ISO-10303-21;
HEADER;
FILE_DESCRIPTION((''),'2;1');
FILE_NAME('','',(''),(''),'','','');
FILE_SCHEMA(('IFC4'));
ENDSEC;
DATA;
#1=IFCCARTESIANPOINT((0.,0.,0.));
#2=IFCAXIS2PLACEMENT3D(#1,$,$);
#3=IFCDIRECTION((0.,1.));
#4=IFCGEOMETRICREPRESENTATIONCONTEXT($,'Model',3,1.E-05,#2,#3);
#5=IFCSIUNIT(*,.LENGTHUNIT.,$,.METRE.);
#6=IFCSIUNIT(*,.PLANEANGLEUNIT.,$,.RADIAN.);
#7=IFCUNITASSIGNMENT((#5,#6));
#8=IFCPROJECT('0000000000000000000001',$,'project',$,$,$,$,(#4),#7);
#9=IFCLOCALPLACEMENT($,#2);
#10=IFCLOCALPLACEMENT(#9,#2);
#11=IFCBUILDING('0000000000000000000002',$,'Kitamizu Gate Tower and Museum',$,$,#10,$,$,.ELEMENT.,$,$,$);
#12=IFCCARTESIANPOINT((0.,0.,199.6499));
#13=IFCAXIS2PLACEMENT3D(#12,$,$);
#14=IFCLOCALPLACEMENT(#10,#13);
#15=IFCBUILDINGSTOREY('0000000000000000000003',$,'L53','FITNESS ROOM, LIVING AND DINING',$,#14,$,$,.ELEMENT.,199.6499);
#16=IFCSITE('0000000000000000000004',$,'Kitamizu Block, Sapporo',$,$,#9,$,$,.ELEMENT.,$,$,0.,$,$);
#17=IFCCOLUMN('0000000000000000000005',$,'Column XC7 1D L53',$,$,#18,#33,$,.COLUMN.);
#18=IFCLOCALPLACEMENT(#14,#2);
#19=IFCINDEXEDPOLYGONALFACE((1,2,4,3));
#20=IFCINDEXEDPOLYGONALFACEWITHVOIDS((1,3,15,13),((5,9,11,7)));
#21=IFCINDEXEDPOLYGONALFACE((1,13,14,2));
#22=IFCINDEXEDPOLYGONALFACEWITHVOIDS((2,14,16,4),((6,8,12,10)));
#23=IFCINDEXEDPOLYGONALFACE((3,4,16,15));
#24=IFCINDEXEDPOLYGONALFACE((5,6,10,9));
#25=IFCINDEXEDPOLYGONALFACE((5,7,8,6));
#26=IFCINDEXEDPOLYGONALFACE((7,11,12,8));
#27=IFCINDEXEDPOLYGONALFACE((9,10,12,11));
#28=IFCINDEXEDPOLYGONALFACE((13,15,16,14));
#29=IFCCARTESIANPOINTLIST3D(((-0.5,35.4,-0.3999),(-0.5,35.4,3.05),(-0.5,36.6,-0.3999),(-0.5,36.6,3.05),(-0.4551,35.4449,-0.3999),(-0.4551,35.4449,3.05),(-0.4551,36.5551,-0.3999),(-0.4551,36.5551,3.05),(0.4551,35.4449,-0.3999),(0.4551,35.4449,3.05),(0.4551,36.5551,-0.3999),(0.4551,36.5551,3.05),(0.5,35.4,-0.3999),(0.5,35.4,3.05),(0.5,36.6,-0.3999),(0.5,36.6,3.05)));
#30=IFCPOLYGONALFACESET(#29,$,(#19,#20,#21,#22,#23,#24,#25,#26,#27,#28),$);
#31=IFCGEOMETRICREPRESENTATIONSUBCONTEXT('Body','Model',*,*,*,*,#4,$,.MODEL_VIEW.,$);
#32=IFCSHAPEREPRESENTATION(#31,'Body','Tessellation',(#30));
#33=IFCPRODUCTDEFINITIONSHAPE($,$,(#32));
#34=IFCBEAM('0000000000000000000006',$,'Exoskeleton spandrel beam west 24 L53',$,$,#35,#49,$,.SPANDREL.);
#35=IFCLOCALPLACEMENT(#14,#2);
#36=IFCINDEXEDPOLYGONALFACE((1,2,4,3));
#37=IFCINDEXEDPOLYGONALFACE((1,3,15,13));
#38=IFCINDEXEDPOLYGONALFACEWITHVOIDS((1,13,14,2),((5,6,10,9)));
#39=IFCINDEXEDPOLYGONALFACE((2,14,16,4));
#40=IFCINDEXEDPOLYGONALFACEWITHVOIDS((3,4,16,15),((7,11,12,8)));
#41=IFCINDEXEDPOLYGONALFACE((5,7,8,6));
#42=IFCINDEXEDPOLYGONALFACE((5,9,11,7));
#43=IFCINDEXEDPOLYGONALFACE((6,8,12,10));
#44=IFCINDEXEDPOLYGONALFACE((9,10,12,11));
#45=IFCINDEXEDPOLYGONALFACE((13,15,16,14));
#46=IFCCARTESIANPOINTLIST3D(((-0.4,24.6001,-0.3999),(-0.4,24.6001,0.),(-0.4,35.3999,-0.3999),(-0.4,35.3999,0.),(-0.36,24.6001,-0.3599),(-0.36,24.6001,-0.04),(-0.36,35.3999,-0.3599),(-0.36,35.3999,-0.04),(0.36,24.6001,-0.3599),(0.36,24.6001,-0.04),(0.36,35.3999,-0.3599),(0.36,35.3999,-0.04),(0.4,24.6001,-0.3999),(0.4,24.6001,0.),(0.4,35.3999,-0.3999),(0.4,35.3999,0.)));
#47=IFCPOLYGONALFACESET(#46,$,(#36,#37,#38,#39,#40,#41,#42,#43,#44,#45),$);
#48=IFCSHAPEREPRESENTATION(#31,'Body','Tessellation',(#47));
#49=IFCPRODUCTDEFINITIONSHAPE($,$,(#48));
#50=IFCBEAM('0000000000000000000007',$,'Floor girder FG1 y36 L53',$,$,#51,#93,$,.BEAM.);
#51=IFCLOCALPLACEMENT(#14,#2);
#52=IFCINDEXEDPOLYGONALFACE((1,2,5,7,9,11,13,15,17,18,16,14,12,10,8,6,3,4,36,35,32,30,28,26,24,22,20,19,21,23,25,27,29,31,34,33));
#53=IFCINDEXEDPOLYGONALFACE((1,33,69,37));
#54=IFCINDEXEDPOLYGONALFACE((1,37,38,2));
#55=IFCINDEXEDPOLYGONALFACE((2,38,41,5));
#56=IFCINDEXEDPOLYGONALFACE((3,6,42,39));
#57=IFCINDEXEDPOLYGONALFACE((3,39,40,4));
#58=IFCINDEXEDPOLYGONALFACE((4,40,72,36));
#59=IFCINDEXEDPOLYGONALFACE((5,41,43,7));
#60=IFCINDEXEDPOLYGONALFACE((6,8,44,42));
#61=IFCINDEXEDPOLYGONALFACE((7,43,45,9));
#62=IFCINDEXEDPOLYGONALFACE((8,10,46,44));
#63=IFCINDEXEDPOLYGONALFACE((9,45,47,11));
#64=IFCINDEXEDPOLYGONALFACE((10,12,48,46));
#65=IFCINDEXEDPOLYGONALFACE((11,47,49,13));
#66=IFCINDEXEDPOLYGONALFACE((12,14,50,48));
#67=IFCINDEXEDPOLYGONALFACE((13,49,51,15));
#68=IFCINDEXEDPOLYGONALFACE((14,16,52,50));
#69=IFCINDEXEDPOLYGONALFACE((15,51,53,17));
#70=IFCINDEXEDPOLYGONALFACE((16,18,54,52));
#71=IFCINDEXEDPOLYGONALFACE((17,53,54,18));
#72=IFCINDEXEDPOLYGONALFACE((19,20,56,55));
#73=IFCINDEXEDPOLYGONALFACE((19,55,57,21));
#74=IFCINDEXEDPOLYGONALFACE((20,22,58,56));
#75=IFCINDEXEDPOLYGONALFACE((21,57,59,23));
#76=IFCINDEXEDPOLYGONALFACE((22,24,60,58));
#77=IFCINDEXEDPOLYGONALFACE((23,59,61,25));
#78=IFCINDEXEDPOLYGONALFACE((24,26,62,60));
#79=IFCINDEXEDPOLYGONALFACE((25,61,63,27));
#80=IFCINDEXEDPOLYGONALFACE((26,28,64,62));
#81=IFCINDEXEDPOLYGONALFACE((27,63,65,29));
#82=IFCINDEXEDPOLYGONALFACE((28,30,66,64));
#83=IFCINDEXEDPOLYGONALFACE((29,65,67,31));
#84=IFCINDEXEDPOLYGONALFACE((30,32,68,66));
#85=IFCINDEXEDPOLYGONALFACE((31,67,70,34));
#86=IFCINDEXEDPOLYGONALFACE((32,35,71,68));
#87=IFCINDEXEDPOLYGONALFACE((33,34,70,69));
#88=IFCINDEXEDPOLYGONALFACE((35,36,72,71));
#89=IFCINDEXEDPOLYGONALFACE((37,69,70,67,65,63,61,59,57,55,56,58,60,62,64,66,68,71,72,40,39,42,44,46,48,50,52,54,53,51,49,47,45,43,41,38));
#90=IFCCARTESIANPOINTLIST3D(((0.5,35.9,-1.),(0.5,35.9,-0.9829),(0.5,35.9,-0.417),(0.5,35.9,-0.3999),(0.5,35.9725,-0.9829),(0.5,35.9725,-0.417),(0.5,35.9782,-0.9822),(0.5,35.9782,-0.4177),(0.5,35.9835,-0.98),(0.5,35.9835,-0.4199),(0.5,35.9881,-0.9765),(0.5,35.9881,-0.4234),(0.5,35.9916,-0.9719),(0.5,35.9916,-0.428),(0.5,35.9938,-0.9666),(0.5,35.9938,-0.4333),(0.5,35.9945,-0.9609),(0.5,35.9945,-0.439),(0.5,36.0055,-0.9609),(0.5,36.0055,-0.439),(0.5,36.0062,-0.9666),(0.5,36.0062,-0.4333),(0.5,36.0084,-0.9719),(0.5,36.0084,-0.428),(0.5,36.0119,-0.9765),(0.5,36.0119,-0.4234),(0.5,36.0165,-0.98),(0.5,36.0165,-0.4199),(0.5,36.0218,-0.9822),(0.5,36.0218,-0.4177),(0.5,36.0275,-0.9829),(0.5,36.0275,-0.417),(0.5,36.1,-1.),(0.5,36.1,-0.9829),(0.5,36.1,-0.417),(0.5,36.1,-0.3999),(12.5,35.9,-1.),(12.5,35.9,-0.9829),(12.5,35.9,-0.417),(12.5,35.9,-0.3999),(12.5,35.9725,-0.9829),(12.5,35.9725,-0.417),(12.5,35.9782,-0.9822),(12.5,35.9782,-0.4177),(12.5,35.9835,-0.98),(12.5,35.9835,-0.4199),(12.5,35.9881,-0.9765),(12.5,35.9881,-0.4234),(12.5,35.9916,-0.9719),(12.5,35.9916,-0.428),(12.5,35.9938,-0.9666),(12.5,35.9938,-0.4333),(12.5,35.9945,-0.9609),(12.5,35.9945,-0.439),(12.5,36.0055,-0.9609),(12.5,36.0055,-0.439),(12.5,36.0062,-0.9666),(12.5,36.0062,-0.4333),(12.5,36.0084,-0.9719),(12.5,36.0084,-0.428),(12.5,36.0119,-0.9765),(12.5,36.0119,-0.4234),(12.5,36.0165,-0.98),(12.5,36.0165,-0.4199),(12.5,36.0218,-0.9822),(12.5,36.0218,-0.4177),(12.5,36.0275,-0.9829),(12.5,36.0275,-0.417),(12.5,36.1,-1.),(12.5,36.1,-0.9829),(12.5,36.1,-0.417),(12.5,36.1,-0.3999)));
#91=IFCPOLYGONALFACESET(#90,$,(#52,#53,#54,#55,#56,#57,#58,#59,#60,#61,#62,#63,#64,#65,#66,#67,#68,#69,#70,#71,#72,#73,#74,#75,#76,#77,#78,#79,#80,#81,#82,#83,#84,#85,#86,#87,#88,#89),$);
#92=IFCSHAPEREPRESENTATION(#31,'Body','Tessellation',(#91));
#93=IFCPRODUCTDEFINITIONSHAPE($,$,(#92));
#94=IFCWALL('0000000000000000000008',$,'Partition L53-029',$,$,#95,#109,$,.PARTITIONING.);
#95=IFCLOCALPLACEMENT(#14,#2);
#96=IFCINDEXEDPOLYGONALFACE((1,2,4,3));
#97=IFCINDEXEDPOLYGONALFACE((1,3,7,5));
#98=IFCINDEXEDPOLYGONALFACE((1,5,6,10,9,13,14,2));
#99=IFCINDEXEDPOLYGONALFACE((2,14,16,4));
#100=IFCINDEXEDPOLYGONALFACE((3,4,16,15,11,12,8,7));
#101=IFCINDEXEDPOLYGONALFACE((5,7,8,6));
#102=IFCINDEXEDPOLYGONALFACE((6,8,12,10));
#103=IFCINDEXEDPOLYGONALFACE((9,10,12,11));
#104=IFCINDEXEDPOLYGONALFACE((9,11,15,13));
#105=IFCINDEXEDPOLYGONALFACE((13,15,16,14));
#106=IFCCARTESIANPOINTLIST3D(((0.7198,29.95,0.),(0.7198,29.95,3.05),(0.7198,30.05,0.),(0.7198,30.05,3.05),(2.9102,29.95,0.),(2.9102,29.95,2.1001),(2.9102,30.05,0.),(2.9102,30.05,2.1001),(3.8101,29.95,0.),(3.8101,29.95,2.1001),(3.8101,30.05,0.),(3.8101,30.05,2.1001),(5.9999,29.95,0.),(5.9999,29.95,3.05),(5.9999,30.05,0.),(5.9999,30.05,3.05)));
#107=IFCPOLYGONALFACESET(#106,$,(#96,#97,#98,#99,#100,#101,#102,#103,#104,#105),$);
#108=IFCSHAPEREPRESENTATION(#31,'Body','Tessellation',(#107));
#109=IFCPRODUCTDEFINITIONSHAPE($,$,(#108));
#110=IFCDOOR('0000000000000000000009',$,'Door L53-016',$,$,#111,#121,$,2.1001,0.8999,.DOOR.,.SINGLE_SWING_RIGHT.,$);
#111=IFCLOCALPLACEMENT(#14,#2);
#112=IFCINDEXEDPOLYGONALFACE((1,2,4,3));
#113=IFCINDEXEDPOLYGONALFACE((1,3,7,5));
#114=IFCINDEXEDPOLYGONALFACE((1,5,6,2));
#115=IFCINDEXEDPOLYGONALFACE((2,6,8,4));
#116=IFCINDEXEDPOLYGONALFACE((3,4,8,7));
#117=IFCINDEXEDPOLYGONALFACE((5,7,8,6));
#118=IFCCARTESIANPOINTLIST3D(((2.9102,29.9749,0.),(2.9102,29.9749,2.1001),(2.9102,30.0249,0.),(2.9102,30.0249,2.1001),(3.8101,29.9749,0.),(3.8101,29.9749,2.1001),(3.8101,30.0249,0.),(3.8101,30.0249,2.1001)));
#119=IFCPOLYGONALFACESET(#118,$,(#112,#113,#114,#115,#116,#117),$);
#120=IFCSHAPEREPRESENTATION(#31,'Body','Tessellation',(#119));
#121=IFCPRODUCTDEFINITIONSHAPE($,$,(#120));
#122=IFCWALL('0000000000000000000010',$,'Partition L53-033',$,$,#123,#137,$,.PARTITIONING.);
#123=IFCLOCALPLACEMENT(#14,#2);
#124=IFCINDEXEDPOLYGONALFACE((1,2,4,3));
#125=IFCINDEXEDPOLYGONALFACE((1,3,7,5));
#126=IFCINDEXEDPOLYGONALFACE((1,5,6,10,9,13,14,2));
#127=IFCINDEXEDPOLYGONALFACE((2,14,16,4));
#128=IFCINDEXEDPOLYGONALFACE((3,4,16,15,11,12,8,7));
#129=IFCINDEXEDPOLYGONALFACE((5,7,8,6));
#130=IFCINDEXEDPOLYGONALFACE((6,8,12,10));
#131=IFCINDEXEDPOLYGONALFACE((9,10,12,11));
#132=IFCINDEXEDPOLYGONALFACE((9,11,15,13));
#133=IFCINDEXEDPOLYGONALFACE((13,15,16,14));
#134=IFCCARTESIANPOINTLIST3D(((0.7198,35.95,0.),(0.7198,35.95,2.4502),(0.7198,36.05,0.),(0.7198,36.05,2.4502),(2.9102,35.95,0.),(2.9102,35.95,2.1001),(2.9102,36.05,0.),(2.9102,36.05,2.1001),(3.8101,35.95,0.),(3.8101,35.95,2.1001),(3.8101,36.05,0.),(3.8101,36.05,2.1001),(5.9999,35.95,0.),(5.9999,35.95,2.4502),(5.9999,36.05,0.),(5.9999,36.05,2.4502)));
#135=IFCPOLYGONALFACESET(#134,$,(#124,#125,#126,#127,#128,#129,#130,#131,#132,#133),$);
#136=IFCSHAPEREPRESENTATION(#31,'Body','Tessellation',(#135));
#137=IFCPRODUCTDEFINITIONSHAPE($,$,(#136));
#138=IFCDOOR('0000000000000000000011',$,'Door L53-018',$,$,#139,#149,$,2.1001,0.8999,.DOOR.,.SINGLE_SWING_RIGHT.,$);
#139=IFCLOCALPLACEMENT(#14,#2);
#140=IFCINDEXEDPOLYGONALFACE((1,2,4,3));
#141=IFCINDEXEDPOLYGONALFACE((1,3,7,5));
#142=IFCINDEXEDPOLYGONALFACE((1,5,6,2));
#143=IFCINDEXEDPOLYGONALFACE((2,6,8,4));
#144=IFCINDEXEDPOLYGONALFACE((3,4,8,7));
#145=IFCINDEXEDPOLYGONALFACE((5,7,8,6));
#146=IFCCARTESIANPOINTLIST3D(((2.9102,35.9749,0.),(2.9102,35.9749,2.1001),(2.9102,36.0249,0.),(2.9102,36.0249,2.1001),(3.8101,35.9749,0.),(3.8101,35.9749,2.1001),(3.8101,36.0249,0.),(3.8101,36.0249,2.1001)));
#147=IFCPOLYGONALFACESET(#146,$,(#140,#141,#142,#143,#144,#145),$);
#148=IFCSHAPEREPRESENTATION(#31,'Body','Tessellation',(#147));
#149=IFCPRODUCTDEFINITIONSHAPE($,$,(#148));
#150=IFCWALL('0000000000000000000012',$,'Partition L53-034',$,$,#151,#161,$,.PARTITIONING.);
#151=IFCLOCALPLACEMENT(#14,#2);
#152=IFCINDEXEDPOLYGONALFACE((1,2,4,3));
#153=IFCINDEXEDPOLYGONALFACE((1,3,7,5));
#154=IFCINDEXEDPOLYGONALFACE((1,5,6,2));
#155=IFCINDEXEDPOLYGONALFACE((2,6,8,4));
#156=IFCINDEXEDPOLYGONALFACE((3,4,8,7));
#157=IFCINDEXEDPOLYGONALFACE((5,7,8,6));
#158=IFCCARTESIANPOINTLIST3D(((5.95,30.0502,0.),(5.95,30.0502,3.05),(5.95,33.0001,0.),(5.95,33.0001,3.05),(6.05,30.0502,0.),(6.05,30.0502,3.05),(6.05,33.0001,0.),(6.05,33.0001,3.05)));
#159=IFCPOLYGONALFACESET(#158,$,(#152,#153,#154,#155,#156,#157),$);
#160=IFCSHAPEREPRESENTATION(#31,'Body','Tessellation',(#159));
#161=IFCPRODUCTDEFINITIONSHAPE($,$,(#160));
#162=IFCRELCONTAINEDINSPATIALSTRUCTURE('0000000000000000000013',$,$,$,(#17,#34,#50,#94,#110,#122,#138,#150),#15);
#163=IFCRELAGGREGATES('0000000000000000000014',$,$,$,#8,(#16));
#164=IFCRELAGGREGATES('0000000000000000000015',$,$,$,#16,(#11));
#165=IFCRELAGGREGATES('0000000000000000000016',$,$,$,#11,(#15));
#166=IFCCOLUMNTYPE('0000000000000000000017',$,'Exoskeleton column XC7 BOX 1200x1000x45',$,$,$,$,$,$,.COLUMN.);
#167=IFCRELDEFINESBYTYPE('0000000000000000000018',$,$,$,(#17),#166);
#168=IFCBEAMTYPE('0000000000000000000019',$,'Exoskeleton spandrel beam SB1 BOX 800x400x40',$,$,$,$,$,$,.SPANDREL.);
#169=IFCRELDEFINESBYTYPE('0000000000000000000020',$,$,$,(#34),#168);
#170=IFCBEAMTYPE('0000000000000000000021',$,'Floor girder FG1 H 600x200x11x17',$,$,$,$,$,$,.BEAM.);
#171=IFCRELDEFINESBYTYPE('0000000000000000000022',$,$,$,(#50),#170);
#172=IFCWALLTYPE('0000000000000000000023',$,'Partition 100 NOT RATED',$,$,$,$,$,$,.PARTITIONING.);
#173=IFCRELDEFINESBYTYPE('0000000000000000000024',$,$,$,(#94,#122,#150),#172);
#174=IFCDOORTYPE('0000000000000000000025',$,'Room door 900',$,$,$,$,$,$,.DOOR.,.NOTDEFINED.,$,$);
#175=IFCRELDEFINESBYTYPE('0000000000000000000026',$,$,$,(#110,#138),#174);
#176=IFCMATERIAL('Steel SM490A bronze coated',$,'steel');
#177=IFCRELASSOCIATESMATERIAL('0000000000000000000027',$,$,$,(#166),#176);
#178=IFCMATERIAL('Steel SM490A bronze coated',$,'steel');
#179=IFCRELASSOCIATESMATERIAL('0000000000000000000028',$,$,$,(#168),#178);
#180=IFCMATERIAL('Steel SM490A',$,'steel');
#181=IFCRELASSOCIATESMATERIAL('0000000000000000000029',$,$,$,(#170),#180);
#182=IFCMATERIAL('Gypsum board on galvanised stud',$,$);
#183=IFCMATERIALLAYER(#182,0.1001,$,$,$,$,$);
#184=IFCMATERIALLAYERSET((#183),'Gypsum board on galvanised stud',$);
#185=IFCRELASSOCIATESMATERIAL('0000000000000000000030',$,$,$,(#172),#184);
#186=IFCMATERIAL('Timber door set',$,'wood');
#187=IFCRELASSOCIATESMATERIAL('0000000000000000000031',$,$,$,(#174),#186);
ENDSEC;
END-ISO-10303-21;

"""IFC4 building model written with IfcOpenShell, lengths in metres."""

from ifc_helpers import new_model, si_unit, direction, frame, frame_2d, origin, origin_2d, place, context, subcontext, project, spatial, rectangle, hollow_rectangle, i_section, extrude, material, layer, layer_set, material_profile, profile_set, type_object, element, fill, save


model = new_model("IFC4")

# Units and contexts
model_context = context("Model", 3, precision=1e-05, world=origin(), true_north=direction((0.0, 1.0)))
body_context = subcontext(model_context, "Body", "Model", "MODEL_VIEW")
ifc_project = project(units=[si_unit("LENGTHUNIT", "METRE"), si_unit("PLANEANGLEUNIT", "RADIAN")], contexts=[model_context])

# Site, building, storey
site_placement = place(None, origin())
site = spatial("IfcSite", under=ifc_project, at=site_placement, Name="Kitamizu Block, Sapporo", CompositionType="ELEMENT", RefElevation=0.0)
building_placement = place(site_placement, origin())
building = spatial("IfcBuilding", under=site, at=building_placement, Name="Kitamizu Gate Tower and Museum", CompositionType="ELEMENT")
storey_placement = place(building_placement, frame((0.0, 0.0, 199.6499)))
storey = spatial("IfcBuildingStorey", under=building, at=storey_placement, Name="L53", Description="FITNESS ROOM, LIVING AND DINING", CompositionType="ELEMENT", Elevation=199.6499)

# Column
ifc_material_1 = material(Name="Steel SM490A bronze coated", Category="steel")
ifc_material_profile_1 = material_profile(ifc_material_1, hollow_rectangle(XDim=1.2, YDim=1.0, WallThickness=0.0449, at=origin_2d()), Name="BOX 1200x1000x45")
ifc_profile_set_1 = profile_set([ifc_material_profile_1], Name="Steel SM490A bronze coated")
column_type = type_object("IfcColumnType", Name="Exoskeleton column XC7 BOX 1200x1000x45", PredefinedType="COLUMN", material=ifc_profile_set_1)
column_placement = place(storey_placement, frame((0.0, 36.0, -0.3999), z_axis=(0.0, 0.0, 1.0), x_axis=(0.0, 1.0, 0.0)))
element("IfcColumn", 1, at=column_placement, inside=storey, type_object=column_type, Name="Column XC7 1D L53", PredefinedType="COLUMN", context=body_context, shape_type="SweptSolid", body=[
    extrude(hollow_rectangle(XDim=1.2, YDim=1.0, WallThickness=0.0449, at=origin_2d()), origin(), (0.0, 0.0, 1.0), 3.45),
])

# Beams
ifc_material_2 = material(Name="Steel SM490A bronze coated", Category="steel")
ifc_material_profile_2 = material_profile(ifc_material_2, hollow_rectangle(XDim=0.8, YDim=0.3999, WallThickness=0.04, at=origin_2d()), Name="BOX 800x400x40")
ifc_profile_set_2 = profile_set([ifc_material_profile_2], Name="Steel SM490A bronze coated")
beam_type_1 = type_object("IfcBeamType", Name="Exoskeleton spandrel beam SB1 BOX 800x400x40", PredefinedType="SPANDREL", material=ifc_profile_set_2)
beam_1_placement = place(storey_placement, frame((0.0, 24.6001, -0.2), z_axis=(0.0, 1.0, 0.0), x_axis=(-1.0, 0.0, 0.0)))
element("IfcBeam", 2, at=beam_1_placement, inside=storey, type_object=beam_type_1, Name="Exoskeleton spandrel beam west 24 L53", PredefinedType="SPANDREL", context=body_context, shape_type="SweptSolid", body=[
    extrude(hollow_rectangle(XDim=0.8, YDim=0.3999, WallThickness=0.04, at=origin_2d()), origin(), (0.0, 0.0, 1.0), 10.7998),
])
ifc_material_3 = material(Name="Steel SM490A", Category="steel")
ifc_material_profile_3 = material_profile(ifc_material_3, i_section(OverallWidth=0.2, OverallDepth=0.6001, WebThickness=0.011, FlangeThickness=0.0171, FilletRadius=0.022, at=origin_2d()), Name="H-600x200x11x17")
ifc_profile_set_3 = profile_set([ifc_material_profile_3], Name="Steel SM490A")
beam_type_2 = type_object("IfcBeamType", Name="Floor girder FG1 H 600x200x11x17", PredefinedType="BEAM", material=ifc_profile_set_3)
beam_2_placement = place(storey_placement, frame((0.5, 36.0, -0.7), z_axis=(1.0, 0.0, 0.0), x_axis=(0.0, 1.0, 0.0)))
element("IfcBeam", 3, at=beam_2_placement, inside=storey, type_object=beam_type_2, Name="Floor girder FG1 y36 L53", PredefinedType="BEAM", context=body_context, shape_type="SweptSolid", body=[
    extrude(i_section(OverallWidth=0.2, OverallDepth=0.6001, WebThickness=0.011, FlangeThickness=0.0171, FilletRadius=0.022, at=origin_2d()), origin(), (0.0, 0.0, 1.0), 12.0),
])

# Walls, openings, doors
ifc_material_4 = material(Name="Gypsum board on galvanised stud")
ifc_layer_1 = layer(ifc_material_4, 0.1001)
ifc_layer_set_1 = layer_set([ifc_layer_1], Name="Gypsum board on galvanised stud")
wall_type_1 = type_object("IfcWallType", Name="Partition 100 NOT RATED", PredefinedType="PARTITIONING", material=ifc_layer_set_1)
wall_1_placement = place(storey_placement, frame((6.0, 30.0, 0.0), z_axis=(0.0, 0.0, 1.0), x_axis=(-1.0, 0.0, 0.0)))
wall_1 = element("IfcWall", 4, at=wall_1_placement, inside=storey, type_object=wall_type_1, Name="Partition L53-029", PredefinedType="PARTITIONING", context=body_context, shape_type="SweptSolid", body=[
    extrude(rectangle(XDim=5.28, YDim=0.1001, at=frame_2d((2.6401, 0.0))), origin(), (0.0, 0.0, 1.0), 3.05),
])
opening_1_placement = place(wall_1_placement, frame((2.1899, 0.0, 0.0)))
opening_1 = element("IfcOpeningElement", 5, at=opening_1_placement, cuts=wall_1, PredefinedType="OPENING", context=body_context, shape_type="SweptSolid", body=[
    extrude(rectangle(XDim=0.8999, YDim=2.1001, at=frame_2d((0.45, 1.05))), frame((0.0, 0.0601, 0.0), z_axis=(0.0, -1.0, 0.0), x_axis=(1.0, 0.0, 0.0)), (0.0, 0.0, 1.0), 0.1201),
])
ifc_material_5 = material(Name="Timber door set", Category="wood")
door_type_1 = type_object("IfcDoorType", Name="Room door 900", OperationType="NOTDEFINED", PredefinedType="DOOR", material=ifc_material_5)
door_1_placement = place(opening_1_placement, frame((0.8999, 0.0, 0.0), x_axis=(-1.0, 0.0, 0.0)))
door_1 = element("IfcDoor", 6, at=door_1_placement, inside=storey, type_object=door_type_1, Name="Door L53-016", OperationType="SINGLE_SWING_RIGHT", OverallHeight=2.1001, OverallWidth=0.8999, PredefinedType="DOOR", context=body_context, shape_type="SweptSolid", body=[
    extrude(rectangle(XDim=0.8999, YDim=2.1001, at=frame_2d((0.45, 1.05))), frame((0.0, 0.0249, 0.0), z_axis=(0.0, -1.0, 0.0), x_axis=(1.0, 0.0, 0.0)), (0.0, 0.0, 1.0), 0.05),
])
fill(opening_1, door_1)
wall_2_placement = place(storey_placement, frame((6.0, 36.0, 0.0), z_axis=(0.0, 0.0, 1.0), x_axis=(-1.0, 0.0, 0.0)))
wall_2 = element("IfcWall", 7, at=wall_2_placement, inside=storey, type_object=wall_type_1, Name="Partition L53-033", PredefinedType="PARTITIONING", context=body_context, shape_type="SweptSolid", body=[
    extrude(rectangle(XDim=5.28, YDim=0.1001, at=frame_2d((2.6401, 0.0))), origin(), (0.0, 0.0, 1.0), 2.4502),
])
opening_2_placement = place(wall_2_placement, frame((2.1899, 0.0, 0.0)))
opening_2 = element("IfcOpeningElement", 8, at=opening_2_placement, cuts=wall_2, PredefinedType="OPENING", context=body_context, shape_type="SweptSolid", body=[
    extrude(rectangle(XDim=0.8999, YDim=2.1001, at=frame_2d((0.45, 1.05))), frame((0.0, 0.0601, 0.0), z_axis=(0.0, -1.0, 0.0), x_axis=(1.0, 0.0, 0.0)), (0.0, 0.0, 1.0), 0.1201),
])
door_2_placement = place(opening_2_placement, frame((0.8999, 0.0, 0.0), x_axis=(-1.0, 0.0, 0.0)))
door_2 = element("IfcDoor", 9, at=door_2_placement, inside=storey, type_object=door_type_1, Name="Door L53-018", OperationType="SINGLE_SWING_RIGHT", OverallHeight=2.1001, OverallWidth=0.8999, PredefinedType="DOOR", context=body_context, shape_type="SweptSolid", body=[
    extrude(rectangle(XDim=0.8999, YDim=2.1001, at=frame_2d((0.45, 1.05))), frame((0.0, 0.0249, 0.0), z_axis=(0.0, -1.0, 0.0), x_axis=(1.0, 0.0, 0.0)), (0.0, 0.0, 1.0), 0.05),
])
fill(opening_2, door_2)

# Wall
wall_3_placement = place(storey_placement, frame((6.0, 30.05, 0.0), z_axis=(0.0, 0.0, 1.0), x_axis=(0.0, 1.0, 0.0)))
element("IfcWall", 10, at=wall_3_placement, inside=storey, type_object=wall_type_1, Name="Partition L53-034", PredefinedType="PARTITIONING", context=body_context, shape_type="SweptSolid", body=[
    extrude(rectangle(XDim=2.95, YDim=0.1001, at=frame_2d((1.4751, 0.0))), origin(), (0.0, 0.0, 1.0), 3.05),
])

save(model, "model.ifc")
